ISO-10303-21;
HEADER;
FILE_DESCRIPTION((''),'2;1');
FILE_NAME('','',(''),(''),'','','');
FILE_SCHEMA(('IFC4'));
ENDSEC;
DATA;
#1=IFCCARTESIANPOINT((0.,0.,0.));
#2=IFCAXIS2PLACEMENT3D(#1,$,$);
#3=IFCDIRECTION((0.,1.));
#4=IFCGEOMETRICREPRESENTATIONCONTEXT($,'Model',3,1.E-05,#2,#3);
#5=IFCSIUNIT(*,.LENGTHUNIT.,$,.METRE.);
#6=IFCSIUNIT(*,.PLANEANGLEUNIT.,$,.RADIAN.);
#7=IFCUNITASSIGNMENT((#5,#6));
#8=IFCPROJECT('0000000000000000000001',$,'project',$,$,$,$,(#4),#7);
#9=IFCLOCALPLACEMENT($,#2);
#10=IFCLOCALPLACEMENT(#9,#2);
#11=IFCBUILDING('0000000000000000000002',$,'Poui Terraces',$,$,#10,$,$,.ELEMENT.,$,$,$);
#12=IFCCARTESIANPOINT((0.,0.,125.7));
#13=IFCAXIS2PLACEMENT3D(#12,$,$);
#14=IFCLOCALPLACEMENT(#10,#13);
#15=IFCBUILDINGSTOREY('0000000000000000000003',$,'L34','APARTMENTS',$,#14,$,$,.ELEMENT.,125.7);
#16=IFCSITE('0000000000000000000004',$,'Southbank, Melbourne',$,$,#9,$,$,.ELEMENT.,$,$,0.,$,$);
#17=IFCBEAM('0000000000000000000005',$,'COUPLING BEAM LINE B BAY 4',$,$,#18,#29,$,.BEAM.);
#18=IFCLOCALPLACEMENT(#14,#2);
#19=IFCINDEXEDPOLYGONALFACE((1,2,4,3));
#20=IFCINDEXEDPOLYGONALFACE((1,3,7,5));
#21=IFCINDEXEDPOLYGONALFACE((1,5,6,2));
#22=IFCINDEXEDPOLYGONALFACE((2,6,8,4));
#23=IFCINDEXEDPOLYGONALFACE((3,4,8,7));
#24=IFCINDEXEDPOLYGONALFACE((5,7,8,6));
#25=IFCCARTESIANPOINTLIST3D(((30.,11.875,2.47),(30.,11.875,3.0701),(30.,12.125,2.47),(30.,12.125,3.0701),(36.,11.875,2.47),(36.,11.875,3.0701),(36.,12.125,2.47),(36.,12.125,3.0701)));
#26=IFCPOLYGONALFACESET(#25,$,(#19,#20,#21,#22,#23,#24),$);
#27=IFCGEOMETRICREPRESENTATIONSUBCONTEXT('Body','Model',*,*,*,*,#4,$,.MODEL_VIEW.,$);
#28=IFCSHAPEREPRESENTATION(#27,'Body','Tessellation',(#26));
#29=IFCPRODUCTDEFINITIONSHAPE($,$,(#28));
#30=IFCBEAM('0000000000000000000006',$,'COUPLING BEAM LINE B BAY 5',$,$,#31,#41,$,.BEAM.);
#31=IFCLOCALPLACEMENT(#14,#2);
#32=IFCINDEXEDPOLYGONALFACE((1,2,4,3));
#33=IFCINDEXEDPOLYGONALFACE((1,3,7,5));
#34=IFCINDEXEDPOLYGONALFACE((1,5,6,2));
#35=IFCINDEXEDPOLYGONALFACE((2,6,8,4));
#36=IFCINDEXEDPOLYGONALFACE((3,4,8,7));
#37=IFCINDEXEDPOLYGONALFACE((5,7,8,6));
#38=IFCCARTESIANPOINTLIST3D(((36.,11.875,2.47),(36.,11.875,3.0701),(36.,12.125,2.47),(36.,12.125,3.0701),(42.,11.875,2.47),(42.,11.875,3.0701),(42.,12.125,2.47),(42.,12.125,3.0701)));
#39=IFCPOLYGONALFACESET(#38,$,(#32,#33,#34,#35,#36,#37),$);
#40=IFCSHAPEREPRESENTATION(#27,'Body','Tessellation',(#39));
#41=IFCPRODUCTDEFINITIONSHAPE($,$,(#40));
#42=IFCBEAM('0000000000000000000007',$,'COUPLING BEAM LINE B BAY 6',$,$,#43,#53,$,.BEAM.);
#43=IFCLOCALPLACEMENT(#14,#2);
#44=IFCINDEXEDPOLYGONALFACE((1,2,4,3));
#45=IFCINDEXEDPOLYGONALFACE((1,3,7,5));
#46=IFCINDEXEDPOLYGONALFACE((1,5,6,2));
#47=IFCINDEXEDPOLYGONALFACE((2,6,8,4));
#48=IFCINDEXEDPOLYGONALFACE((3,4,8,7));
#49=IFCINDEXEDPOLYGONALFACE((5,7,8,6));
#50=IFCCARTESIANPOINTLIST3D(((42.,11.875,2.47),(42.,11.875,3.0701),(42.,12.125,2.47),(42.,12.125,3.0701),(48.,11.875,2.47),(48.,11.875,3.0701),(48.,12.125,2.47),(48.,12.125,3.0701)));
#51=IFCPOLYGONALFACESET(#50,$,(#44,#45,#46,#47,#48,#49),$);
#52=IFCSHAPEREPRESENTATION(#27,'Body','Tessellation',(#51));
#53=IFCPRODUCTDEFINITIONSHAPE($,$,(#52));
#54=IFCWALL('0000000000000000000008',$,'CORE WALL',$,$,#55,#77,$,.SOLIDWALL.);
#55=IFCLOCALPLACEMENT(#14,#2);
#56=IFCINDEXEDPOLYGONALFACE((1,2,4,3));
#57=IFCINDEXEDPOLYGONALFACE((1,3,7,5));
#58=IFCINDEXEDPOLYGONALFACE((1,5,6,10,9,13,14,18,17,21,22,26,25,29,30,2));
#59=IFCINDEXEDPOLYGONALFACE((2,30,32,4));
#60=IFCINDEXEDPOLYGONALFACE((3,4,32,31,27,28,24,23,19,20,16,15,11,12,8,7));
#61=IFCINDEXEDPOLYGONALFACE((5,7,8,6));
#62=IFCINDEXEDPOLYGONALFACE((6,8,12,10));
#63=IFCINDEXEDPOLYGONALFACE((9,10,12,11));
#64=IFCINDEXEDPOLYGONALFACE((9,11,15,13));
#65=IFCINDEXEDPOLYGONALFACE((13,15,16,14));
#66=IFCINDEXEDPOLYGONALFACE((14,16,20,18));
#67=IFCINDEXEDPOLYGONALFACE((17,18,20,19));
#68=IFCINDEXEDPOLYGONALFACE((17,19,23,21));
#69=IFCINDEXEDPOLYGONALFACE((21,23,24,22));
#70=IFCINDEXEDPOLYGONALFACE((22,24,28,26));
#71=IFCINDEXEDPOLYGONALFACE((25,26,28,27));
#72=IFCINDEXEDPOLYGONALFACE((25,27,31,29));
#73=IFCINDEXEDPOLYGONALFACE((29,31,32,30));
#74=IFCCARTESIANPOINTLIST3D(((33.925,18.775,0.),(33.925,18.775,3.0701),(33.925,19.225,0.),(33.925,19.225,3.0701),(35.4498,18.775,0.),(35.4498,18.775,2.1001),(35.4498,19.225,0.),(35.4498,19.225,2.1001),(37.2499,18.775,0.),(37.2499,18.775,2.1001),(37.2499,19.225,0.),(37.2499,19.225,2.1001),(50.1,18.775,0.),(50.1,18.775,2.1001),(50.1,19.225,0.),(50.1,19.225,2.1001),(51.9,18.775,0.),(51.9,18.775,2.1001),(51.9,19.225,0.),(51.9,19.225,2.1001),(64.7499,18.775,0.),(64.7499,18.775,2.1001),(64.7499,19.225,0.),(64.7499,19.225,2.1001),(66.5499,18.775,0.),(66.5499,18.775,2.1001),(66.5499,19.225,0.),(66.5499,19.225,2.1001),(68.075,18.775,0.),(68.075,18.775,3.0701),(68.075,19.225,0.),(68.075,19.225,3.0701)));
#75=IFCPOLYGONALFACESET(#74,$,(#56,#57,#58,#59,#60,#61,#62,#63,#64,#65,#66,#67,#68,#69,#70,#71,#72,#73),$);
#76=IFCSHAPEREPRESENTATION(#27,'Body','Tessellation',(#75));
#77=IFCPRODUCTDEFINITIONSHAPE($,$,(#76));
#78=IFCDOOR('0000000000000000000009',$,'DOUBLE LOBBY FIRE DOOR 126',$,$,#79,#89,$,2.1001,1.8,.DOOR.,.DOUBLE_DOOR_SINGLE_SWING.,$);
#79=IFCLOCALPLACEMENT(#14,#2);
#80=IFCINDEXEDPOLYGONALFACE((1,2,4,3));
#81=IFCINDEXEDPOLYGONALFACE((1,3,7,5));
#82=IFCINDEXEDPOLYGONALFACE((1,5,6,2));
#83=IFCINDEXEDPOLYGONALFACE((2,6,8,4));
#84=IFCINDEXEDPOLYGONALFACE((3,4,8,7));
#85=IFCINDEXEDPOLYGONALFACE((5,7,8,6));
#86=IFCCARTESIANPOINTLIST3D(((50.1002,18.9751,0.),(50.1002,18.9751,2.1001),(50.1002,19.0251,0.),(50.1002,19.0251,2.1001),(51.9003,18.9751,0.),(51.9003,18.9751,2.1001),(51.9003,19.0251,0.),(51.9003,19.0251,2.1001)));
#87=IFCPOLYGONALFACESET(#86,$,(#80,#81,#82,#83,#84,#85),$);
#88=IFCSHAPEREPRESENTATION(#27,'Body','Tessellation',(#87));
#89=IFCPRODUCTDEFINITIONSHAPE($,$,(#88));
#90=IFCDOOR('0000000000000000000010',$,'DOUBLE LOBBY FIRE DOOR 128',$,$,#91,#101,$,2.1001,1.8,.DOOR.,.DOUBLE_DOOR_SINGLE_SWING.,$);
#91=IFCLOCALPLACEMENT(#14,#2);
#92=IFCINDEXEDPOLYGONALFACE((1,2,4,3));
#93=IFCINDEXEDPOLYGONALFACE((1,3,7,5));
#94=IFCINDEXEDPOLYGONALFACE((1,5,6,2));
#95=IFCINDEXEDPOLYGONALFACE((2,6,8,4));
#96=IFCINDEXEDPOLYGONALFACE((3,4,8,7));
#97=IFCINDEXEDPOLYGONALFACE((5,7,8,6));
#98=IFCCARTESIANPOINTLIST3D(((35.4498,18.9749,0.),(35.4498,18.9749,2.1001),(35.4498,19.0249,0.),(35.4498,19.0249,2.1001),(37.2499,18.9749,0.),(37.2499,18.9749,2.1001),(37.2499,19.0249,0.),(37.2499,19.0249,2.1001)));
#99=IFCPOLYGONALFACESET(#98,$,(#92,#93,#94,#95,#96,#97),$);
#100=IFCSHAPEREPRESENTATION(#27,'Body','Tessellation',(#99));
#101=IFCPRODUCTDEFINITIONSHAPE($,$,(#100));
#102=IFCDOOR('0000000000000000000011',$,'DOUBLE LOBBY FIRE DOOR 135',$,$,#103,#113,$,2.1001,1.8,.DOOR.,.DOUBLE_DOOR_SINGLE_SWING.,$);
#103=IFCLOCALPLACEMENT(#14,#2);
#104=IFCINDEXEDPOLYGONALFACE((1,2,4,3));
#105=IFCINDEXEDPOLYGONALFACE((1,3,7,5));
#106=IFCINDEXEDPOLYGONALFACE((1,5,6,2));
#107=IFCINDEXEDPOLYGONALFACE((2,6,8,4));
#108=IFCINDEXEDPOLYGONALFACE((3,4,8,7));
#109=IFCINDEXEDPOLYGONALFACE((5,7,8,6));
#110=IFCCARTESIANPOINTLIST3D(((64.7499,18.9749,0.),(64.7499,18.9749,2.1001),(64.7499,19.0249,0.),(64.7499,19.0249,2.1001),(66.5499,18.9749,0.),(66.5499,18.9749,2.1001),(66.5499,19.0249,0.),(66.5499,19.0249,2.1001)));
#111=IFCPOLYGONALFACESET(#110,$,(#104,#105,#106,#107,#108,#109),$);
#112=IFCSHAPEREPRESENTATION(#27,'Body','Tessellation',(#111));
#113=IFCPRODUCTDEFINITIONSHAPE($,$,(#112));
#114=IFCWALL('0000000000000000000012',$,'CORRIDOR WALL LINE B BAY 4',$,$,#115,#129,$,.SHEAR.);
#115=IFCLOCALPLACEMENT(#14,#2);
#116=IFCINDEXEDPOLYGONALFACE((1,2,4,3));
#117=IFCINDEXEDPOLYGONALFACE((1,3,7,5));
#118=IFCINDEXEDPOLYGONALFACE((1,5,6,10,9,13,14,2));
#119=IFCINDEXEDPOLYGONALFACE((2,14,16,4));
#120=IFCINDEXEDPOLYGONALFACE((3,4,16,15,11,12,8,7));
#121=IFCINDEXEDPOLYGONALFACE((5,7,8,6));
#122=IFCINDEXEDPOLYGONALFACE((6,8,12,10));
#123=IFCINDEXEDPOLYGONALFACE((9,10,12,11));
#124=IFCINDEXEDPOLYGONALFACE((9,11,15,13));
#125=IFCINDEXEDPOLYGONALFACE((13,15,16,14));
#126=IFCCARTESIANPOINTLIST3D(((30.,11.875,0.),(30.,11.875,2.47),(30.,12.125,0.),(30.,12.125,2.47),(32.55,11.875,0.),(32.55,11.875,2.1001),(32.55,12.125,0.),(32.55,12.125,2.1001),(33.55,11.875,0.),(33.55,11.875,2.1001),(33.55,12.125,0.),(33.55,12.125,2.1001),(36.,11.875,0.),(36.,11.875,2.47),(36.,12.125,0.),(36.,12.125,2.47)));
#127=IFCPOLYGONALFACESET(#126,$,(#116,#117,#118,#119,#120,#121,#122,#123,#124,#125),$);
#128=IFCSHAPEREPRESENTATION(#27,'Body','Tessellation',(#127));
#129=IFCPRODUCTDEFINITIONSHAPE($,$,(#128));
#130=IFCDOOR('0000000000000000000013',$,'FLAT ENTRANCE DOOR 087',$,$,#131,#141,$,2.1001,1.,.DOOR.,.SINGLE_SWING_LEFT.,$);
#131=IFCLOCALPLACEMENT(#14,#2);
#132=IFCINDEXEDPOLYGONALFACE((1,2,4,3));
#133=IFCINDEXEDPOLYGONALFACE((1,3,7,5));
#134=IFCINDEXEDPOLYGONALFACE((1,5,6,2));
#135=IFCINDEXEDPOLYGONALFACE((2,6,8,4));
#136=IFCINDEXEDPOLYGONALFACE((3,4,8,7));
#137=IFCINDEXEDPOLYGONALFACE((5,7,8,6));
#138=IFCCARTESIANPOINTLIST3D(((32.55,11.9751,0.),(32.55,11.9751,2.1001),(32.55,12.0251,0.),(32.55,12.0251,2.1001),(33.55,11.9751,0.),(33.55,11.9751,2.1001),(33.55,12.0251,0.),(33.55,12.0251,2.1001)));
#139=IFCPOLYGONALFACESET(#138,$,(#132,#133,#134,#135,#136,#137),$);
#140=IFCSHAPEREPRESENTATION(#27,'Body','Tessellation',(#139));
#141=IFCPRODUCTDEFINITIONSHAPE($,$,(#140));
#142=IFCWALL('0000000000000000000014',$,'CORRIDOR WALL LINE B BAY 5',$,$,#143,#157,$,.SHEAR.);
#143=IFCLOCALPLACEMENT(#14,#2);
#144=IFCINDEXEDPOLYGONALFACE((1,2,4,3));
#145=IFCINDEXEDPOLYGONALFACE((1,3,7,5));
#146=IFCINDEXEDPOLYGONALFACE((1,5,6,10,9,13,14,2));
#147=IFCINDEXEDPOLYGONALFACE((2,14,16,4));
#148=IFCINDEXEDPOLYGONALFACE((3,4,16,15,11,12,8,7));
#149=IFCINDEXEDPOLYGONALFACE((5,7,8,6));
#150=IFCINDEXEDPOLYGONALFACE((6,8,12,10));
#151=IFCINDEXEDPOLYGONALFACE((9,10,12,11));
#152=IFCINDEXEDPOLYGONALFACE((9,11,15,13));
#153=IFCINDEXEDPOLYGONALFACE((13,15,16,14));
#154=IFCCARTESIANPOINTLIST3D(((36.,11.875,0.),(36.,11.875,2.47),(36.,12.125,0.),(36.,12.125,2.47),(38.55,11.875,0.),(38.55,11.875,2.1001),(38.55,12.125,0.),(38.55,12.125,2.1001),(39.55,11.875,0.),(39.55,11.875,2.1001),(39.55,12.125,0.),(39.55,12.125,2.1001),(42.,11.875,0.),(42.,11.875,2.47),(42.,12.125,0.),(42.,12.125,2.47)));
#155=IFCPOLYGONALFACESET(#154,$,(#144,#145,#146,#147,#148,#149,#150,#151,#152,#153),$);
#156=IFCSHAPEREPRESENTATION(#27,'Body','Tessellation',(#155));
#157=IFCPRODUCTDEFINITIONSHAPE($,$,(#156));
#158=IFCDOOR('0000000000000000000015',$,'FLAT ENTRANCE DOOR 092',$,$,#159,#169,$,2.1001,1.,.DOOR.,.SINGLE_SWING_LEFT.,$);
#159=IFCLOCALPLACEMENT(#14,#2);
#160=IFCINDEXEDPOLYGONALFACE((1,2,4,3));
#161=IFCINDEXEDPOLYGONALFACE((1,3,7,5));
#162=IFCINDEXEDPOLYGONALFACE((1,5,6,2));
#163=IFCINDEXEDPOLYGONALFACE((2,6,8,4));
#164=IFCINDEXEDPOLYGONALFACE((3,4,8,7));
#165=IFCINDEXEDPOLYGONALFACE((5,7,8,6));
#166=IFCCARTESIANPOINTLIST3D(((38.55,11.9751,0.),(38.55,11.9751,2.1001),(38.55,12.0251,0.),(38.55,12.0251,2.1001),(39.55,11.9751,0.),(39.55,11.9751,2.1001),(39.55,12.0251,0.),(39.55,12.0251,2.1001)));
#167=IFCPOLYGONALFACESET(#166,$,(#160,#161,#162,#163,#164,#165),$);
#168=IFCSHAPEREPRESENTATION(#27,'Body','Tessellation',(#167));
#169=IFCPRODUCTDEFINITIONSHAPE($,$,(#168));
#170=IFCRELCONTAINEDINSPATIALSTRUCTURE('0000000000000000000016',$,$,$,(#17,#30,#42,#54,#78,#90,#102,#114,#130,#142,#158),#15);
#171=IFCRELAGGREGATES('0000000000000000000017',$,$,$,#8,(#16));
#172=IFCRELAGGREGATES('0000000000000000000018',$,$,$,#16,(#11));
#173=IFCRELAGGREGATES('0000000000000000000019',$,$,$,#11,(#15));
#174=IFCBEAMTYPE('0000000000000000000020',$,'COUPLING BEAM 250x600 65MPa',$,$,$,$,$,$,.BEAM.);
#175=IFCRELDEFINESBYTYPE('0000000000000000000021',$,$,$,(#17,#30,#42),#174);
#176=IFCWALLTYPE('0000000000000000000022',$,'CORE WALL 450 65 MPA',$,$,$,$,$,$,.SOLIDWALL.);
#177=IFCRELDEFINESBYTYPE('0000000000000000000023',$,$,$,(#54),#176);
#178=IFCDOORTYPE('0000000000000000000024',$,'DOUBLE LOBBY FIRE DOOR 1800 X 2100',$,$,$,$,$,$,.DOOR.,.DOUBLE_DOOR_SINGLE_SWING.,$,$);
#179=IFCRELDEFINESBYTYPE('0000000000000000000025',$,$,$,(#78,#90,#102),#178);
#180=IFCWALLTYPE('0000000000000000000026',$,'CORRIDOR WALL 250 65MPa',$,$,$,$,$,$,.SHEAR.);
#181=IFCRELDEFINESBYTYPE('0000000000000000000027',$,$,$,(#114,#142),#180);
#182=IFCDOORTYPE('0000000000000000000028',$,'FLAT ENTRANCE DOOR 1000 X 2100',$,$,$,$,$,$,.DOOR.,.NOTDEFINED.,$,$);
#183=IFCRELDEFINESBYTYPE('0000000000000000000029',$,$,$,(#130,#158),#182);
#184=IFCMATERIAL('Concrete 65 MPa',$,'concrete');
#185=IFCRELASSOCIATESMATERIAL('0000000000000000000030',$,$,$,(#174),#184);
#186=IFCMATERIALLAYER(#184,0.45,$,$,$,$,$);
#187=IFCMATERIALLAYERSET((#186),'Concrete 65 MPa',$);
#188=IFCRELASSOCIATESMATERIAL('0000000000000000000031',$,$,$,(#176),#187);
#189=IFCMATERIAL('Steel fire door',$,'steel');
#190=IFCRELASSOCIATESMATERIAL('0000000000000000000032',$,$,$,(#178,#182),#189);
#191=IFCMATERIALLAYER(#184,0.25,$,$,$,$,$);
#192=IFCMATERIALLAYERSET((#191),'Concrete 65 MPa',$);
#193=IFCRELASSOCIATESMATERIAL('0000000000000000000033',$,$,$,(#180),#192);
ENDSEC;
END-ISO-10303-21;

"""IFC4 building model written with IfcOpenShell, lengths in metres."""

from ifc_helpers import new_model, si_unit, direction, frame, frame_2d, origin, origin_2d, place, context, subcontext, project, spatial, rectangle, extrude, source, transform, mapped, material, layer, layer_set, material_profile, profile_set, type_object, element, fill, save


model = new_model("IFC4")

# Units and contexts
model_context = context("Model", 3, precision=1e-05, world=origin(), true_north=direction((0.0, 1.0)))
body_context = subcontext(model_context, "Body", "Model", "MODEL_VIEW")
ifc_project = project(units=[si_unit("LENGTHUNIT", "METRE"), si_unit("PLANEANGLEUNIT", "RADIAN")], contexts=[model_context])

# Site, building, storey
site_placement = place(None, origin())
site = spatial("IfcSite", under=ifc_project, at=site_placement, Name="Southbank, Melbourne", CompositionType="ELEMENT", RefElevation=0.0)
building_placement = place(site_placement, origin())
building = spatial("IfcBuilding", under=site, at=building_placement, Name="Poui Terraces", CompositionType="ELEMENT")
storey_placement = place(building_placement, frame((0.0, 0.0, 125.7)))
storey = spatial("IfcBuildingStorey", under=building, at=storey_placement, Name="L34", Description="APARTMENTS", CompositionType="ELEMENT", Elevation=125.7)

# Beams
ifc_material_1 = material(Name="Concrete 65 MPa", Category="concrete")
ifc_material_profile = material_profile(ifc_material_1, rectangle(XDim=0.25, YDim=0.6001, at=origin_2d()), Name="RC 250x600")
ifc_profile_set = profile_set([ifc_material_profile], Name="Concrete 65 MPa")
beam_type = type_object("IfcBeamType", Name="COUPLING BEAM 250x600 65MPa", PredefinedType="BEAM", material=ifc_profile_set)
shared_shape = source(origin(), body_context, "Body", "SweptSolid", [
    extrude(rectangle(XDim=0.25, YDim=0.6001, at=origin_2d()), origin(), (0.0, 0.0, 1.0), 6.0),
])
for number, where, z_axis, x_axis, name in (
    (1, (30.0, 12.0, 2.77), (1.0, 0.0, 0.0), (0.0, 1.0, 0.0), "COUPLING BEAM LINE B BAY 4"),
    (2, (36.0, 12.0, 2.77), (1.0, 0.0, 0.0), (0.0, 1.0, 0.0), "COUPLING BEAM LINE B BAY 5"),
    (3, (42.0, 12.0, 2.77), (1.0, 0.0, 0.0), (0.0, 1.0, 0.0), "COUPLING BEAM LINE B BAY 6"),
):
    element("IfcBeam", number, at=place(storey_placement, frame(where, z_axis=z_axis, x_axis=x_axis)), inside=storey, type_object=beam_type, Name=name, PredefinedType="BEAM", context=body_context, shape_type="MappedRepresentation", body=[
        mapped(shared_shape, transform((0.0, 0.0, 0.0))),
    ])

# Wall, openings, doors
ifc_layer_1 = layer(ifc_material_1, 0.45)
ifc_layer_set_1 = layer_set([ifc_layer_1], Name="Concrete 65 MPa")
wall_type_1 = type_object("IfcWallType", Name="CORE WALL 450 65 MPA", PredefinedType="SOLIDWALL", material=ifc_layer_set_1)
wall_1_placement = place(storey_placement, frame((33.925, 19.0, 0.0), z_axis=(0.0, 0.0, 1.0), x_axis=(1.0, 0.0, 0.0)))
wall_1 = element("IfcWall", 4, at=wall_1_placement, inside=storey, type_object=wall_type_1, Name="CORE WALL", PredefinedType="SOLIDWALL", context=body_context, shape_type="SweptSolid", body=[
    extrude(rectangle(XDim=34.1499, YDim=0.45, at=frame_2d((17.075, 0.0))), origin(), (0.0, 0.0, 1.0), 3.0701),
])
opening_1_placement = place(wall_1_placement, frame((16.175, 0.0, 0.0)))
opening_1 = element("IfcOpeningElement", 5, at=opening_1_placement, cuts=wall_1, PredefinedType="OPENING", context=body_context, shape_type="SweptSolid", body=[
    extrude(rectangle(XDim=1.8, YDim=2.1001, at=frame_2d((0.8999, 1.05))), frame((0.0, 0.2349, 0.0), z_axis=(0.0, -1.0, 0.0), x_axis=(1.0, 0.0, 0.0)), (0.0, 0.0, 1.0), 0.47),
])
opening_2_placement = place(wall_1_placement, frame((1.5249, 0.0, 0.0)))
opening_2 = element("IfcOpeningElement", 6, at=opening_2_placement, cuts=wall_1, PredefinedType="OPENING", context=body_context, shape_type="SweptSolid", body=[
    extrude(rectangle(XDim=1.8, YDim=2.1001, at=frame_2d((0.8999, 1.05))), frame((0.0, 0.2349, 0.0), z_axis=(0.0, -1.0, 0.0), x_axis=(1.0, 0.0, 0.0)), (0.0, 0.0, 1.0), 0.47),
])
opening_3_placement = place(wall_1_placement, frame((30.825, 0.0, 0.0)))
opening_3 = element("IfcOpeningElement", 7, at=opening_3_placement, cuts=wall_1, PredefinedType="OPENING", context=body_context, shape_type="SweptSolid", body=[
    extrude(rectangle(XDim=1.8, YDim=2.1001, at=frame_2d((0.8999, 1.05))), frame((0.0, 0.2349, 0.0), z_axis=(0.0, -1.0, 0.0), x_axis=(1.0, 0.0, 0.0)), (0.0, 0.0, 1.0), 0.47),
])
ifc_material_2 = material(Name="Steel fire door", Category="steel")
door_type_1 = type_object("IfcDoorType", Name="DOUBLE LOBBY FIRE DOOR 1800 X 2100", OperationType="DOUBLE_DOOR_SINGLE_SWING", PredefinedType="DOOR", material=ifc_material_2)
door_1_placement = place(opening_1_placement, frame((1.8, 0.0, 0.0), z_axis=(0.0, 0.0, 1.0), x_axis=(-1.0, 0.0, 0.0)))
door_1 = element("IfcDoor", 8, at=door_1_placement, inside=storey, type_object=door_type_1, Name="DOUBLE LOBBY FIRE DOOR 126", OperationType="DOUBLE_DOOR_SINGLE_SWING", OverallHeight=2.1001, OverallWidth=1.8, PredefinedType="DOOR", context=body_context, shape_type="SweptSolid", body=[
    extrude(rectangle(XDim=1.8, YDim=2.1001, at=frame_2d((0.8999, 1.05))), frame((0.0, 0.0249, 0.0), z_axis=(0.0, -1.0, 0.0), x_axis=(1.0, 0.0, 0.0)), (0.0, 0.0, 1.0), 0.05),
])
fill(opening_1, door_1)
door_2_placement = place(opening_2_placement, origin())
door_2 = element("IfcDoor", 9, at=door_2_placement, inside=storey, type_object=door_type_1, Name="DOUBLE LOBBY FIRE DOOR 128", OperationType="DOUBLE_DOOR_SINGLE_SWING", OverallHeight=2.1001, OverallWidth=1.8, PredefinedType="DOOR", context=body_context, shape_type="SweptSolid", body=[
    extrude(rectangle(XDim=1.8, YDim=2.1001, at=frame_2d((0.8999, 1.05))), frame((0.0, 0.0249, 0.0), z_axis=(0.0, -1.0, 0.0), x_axis=(1.0, 0.0, 0.0)), (0.0, 0.0, 1.0), 0.05),
])
fill(opening_2, door_2)
door_3_placement = place(opening_3_placement, origin())
door_3 = element("IfcDoor", 10, at=door_3_placement, inside=storey, type_object=door_type_1, Name="DOUBLE LOBBY FIRE DOOR 135", OperationType="DOUBLE_DOOR_SINGLE_SWING", OverallHeight=2.1001, OverallWidth=1.8, PredefinedType="DOOR", context=body_context, shape_type="SweptSolid", body=[
    extrude(rectangle(XDim=1.8, YDim=2.1001, at=frame_2d((0.8999, 1.05))), frame((0.0, 0.0249, 0.0), z_axis=(0.0, -1.0, 0.0), x_axis=(1.0, 0.0, 0.0)), (0.0, 0.0, 1.0), 0.05),
])
fill(opening_3, door_3)

# Walls, openings, doors
ifc_layer_2 = layer(ifc_material_1, 0.25)
ifc_layer_set_2 = layer_set([ifc_layer_2], Name="Concrete 65 MPa")
wall_type_2 = type_object("IfcWallType", Name="CORRIDOR WALL 250 65MPa", PredefinedType="SHEAR", material=ifc_layer_set_2)
wall_2_placement = place(storey_placement, frame((30.0, 12.0, 0.0), z_axis=(0.0, 0.0, 1.0), x_axis=(1.0, 0.0, 0.0)))
wall_2 = element("IfcWall", 11, at=wall_2_placement, inside=storey, type_object=wall_type_2, Name="CORRIDOR WALL LINE B BAY 4", PredefinedType="SHEAR", context=body_context, shape_type="SweptSolid", body=[
    extrude(rectangle(XDim=6.0, YDim=0.25, at=frame_2d((3.0, 0.0))), origin(), (0.0, 0.0, 1.0), 2.47),
])
opening_4_placement = place(wall_2_placement, frame((2.55, 0.0, 0.0)))
opening_4 = element("IfcOpeningElement", 12, at=opening_4_placement, cuts=wall_2, PredefinedType="OPENING", context=body_context, shape_type="SweptSolid", body=[
    extrude(rectangle(XDim=1.0, YDim=2.1001, at=frame_2d((0.5, 1.05))), frame((0.0, 0.135, 0.0), z_axis=(0.0, -1.0, 0.0), x_axis=(1.0, 0.0, 0.0)), (0.0, 0.0, 1.0), 0.27),
])
door_type_2 = type_object("IfcDoorType", Name="FLAT ENTRANCE DOOR 1000 X 2100", OperationType="NOTDEFINED", PredefinedType="DOOR", material=ifc_material_2)
door_4_placement = place(opening_4_placement, frame((1.0, 0.0, 0.0), z_axis=(0.0, 0.0, 1.0), x_axis=(-1.0, 0.0, 0.0)))
door_4 = element("IfcDoor", 13, at=door_4_placement, inside=storey, type_object=door_type_2, Name="FLAT ENTRANCE DOOR 087", OperationType="SINGLE_SWING_LEFT", OverallHeight=2.1001, OverallWidth=1.0, PredefinedType="DOOR", context=body_context, shape_type="SweptSolid", body=[
    extrude(rectangle(XDim=1.0, YDim=2.1001, at=frame_2d((0.5, 1.05))), frame((0.0, 0.0249, 0.0), z_axis=(0.0, -1.0, 0.0), x_axis=(1.0, 0.0, 0.0)), (0.0, 0.0, 1.0), 0.05),
])
fill(opening_4, door_4)
wall_3_placement = place(storey_placement, frame((36.0, 12.0, 0.0), z_axis=(0.0, 0.0, 1.0), x_axis=(1.0, 0.0, 0.0)))
wall_3 = element("IfcWall", 14, at=wall_3_placement, inside=storey, type_object=wall_type_2, Name="CORRIDOR WALL LINE B BAY 5", PredefinedType="SHEAR", context=body_context, shape_type="SweptSolid", body=[
    extrude(rectangle(XDim=6.0, YDim=0.25, at=frame_2d((3.0, 0.0))), origin(), (0.0, 0.0, 1.0), 2.47),
])
opening_5_placement = place(wall_3_placement, frame((2.55, 0.0, 0.0)))
opening_5 = element("IfcOpeningElement", 15, at=opening_5_placement, cuts=wall_3, PredefinedType="OPENING", context=body_context, shape_type="SweptSolid", body=[
    extrude(rectangle(XDim=1.0, YDim=2.1001, at=frame_2d((0.5, 1.05))), frame((0.0, 0.135, 0.0), z_axis=(0.0, -1.0, 0.0), x_axis=(1.0, 0.0, 0.0)), (0.0, 0.0, 1.0), 0.27),
])
door_5_placement = place(opening_5_placement, frame((1.0, 0.0, 0.0), z_axis=(0.0, 0.0, 1.0), x_axis=(-1.0, 0.0, 0.0)))
door_5 = element("IfcDoor", 16, at=door_5_placement, inside=storey, type_object=door_type_2, Name="FLAT ENTRANCE DOOR 092", OperationType="SINGLE_SWING_LEFT", OverallHeight=2.1001, OverallWidth=1.0, PredefinedType="DOOR", context=body_context, shape_type="SweptSolid", body=[
    extrude(rectangle(XDim=1.0, YDim=2.1001, at=frame_2d((0.5, 1.05))), frame((0.0, 0.0249, 0.0), z_axis=(0.0, -1.0, 0.0), x_axis=(1.0, 0.0, 0.0)), (0.0, 0.0, 1.0), 0.05),
])
fill(opening_5, door_5)

save(model, "model.ifc")
